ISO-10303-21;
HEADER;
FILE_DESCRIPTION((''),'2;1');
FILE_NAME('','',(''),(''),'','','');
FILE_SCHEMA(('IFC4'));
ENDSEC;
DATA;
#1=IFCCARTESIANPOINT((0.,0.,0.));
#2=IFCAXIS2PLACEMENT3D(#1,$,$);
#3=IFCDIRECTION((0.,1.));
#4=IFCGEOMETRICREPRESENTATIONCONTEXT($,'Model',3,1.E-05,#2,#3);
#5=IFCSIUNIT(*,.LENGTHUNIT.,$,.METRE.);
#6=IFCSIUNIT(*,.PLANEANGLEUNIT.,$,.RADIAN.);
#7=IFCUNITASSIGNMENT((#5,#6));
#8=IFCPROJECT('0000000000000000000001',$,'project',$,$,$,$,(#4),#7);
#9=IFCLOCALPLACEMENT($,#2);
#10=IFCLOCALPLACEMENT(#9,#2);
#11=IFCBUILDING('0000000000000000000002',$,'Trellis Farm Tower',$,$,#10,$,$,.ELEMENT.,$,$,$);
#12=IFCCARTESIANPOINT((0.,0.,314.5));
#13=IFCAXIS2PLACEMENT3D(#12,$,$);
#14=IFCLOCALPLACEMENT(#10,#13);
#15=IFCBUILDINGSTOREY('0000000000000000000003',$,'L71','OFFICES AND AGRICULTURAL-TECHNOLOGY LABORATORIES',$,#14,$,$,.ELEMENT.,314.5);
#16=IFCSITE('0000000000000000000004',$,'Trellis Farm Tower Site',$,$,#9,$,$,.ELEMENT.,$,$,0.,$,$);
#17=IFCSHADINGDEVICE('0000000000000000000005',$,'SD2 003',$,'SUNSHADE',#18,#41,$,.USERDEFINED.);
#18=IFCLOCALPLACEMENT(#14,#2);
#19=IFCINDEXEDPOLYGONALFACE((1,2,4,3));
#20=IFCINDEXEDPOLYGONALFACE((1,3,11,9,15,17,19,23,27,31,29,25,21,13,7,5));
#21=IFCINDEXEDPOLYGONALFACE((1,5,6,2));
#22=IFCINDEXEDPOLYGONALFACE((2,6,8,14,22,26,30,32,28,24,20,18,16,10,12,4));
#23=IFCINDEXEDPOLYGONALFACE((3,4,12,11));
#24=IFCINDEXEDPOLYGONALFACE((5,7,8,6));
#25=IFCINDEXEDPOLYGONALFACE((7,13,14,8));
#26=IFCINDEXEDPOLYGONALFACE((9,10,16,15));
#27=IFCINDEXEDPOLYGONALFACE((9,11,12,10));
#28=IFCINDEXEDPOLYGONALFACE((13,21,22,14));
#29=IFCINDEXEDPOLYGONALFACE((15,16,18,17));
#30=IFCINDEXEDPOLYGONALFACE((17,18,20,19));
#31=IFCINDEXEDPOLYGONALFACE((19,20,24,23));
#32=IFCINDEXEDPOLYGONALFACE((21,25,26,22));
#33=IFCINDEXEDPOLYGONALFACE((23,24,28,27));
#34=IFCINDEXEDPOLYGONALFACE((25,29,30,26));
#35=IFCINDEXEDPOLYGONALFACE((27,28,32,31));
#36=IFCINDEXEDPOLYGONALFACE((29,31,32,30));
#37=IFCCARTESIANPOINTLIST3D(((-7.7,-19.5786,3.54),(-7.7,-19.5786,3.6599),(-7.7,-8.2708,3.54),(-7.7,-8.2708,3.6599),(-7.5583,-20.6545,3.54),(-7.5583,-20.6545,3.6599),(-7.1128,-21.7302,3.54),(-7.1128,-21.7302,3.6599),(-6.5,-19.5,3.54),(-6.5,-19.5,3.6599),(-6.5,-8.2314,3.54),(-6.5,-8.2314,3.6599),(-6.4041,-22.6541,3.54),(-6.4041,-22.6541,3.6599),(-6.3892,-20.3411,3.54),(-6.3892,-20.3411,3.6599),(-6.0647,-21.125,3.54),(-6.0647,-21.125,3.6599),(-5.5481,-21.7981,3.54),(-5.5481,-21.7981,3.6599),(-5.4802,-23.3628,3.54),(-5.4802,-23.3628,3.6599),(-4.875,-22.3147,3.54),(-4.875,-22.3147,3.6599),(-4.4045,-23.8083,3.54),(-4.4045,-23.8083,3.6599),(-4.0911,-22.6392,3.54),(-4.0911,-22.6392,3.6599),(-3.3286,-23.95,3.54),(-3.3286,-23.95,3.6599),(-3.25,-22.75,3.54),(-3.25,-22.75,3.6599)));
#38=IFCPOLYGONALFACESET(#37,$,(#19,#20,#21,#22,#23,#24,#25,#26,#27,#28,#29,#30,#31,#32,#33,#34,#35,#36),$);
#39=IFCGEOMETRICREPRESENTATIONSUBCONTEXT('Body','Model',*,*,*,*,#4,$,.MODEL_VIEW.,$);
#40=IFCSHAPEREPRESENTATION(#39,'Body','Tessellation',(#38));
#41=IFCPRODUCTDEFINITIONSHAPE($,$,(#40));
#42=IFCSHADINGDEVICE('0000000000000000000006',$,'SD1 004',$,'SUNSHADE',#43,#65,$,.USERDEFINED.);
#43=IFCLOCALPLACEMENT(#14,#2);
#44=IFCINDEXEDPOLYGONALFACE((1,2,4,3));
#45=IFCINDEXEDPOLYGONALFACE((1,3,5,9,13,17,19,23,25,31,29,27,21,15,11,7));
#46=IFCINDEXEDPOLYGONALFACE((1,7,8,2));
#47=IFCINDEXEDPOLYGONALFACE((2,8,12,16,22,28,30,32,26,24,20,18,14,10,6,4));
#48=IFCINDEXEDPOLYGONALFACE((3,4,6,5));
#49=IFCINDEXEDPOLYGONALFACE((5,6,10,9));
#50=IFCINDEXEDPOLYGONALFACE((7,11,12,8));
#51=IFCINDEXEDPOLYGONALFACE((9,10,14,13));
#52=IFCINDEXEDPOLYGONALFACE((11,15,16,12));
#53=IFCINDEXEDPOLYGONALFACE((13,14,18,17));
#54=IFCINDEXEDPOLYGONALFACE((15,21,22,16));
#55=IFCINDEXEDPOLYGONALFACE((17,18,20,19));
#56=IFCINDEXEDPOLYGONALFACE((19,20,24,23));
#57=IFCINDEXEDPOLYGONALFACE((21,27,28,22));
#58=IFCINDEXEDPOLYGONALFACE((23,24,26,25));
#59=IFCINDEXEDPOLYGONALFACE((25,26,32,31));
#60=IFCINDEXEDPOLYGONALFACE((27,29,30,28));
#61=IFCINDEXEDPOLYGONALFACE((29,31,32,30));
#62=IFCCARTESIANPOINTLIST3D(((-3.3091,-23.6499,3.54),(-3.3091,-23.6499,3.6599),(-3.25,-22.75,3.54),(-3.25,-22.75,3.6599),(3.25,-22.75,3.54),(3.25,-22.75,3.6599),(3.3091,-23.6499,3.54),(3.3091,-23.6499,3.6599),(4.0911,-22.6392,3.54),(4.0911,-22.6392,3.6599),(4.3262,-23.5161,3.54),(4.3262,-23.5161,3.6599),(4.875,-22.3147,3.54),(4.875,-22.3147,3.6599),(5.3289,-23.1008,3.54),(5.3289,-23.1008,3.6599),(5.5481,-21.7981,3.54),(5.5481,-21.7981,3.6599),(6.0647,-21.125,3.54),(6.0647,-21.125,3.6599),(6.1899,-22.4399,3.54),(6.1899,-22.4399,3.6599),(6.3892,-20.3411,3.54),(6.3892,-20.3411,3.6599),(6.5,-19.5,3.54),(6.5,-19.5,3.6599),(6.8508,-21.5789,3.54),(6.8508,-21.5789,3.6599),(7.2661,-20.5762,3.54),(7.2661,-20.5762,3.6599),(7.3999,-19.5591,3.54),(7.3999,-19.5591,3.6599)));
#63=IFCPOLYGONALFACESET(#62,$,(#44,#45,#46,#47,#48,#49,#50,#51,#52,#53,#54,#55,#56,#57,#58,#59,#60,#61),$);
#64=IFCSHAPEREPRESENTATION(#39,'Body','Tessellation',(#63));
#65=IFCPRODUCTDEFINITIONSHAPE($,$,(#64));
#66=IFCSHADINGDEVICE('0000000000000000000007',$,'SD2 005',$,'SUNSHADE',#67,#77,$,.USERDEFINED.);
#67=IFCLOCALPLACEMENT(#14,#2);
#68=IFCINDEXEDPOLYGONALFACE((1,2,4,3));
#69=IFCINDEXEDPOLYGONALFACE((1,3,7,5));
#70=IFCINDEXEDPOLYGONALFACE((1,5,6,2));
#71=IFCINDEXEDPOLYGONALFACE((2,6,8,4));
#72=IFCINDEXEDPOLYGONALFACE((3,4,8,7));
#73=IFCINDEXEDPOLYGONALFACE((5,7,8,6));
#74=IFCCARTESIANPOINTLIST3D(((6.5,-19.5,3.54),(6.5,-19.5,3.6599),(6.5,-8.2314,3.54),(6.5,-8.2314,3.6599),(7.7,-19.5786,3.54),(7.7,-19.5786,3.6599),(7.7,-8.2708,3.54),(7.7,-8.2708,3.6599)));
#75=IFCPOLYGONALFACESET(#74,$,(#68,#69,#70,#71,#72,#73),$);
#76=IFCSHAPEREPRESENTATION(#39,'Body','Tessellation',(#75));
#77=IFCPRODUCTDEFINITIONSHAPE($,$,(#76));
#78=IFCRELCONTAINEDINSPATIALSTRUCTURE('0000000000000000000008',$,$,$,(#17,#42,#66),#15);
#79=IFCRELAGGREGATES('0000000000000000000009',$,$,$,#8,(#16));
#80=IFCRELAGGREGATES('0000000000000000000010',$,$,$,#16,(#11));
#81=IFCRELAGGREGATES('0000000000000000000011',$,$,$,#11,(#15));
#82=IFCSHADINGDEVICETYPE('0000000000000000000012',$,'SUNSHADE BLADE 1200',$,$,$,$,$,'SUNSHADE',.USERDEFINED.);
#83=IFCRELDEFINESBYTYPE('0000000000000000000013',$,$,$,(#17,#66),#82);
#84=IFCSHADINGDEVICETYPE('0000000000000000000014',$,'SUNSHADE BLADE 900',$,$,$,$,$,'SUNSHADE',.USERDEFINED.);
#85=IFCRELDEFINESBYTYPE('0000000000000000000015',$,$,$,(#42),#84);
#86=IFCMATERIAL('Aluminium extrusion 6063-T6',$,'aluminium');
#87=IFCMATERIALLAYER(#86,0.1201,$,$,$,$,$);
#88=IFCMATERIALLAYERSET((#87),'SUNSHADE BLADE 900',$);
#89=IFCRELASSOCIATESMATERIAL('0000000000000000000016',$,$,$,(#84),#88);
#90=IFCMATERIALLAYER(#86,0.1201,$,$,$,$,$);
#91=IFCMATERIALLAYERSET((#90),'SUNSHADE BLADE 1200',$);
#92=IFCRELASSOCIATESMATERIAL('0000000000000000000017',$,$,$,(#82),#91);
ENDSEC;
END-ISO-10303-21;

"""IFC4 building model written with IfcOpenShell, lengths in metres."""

from ifc_helpers import new_model, si_unit, direction, frame, origin, place, context, subcontext, project, spatial, polyline, outline, extrude, source, transform, mapped, material, layer, layer_set, type_object, element, save


model = new_model("IFC4")

# Units and contexts
model_context = context("Model", 3, precision=1e-05, world=origin(), true_north=direction((0.0, 1.0)))
body_context = subcontext(model_context, "Body", "Model", "MODEL_VIEW")
ifc_project = project(units=[si_unit("LENGTHUNIT", "METRE"), si_unit("PLANEANGLEUNIT", "RADIAN")], contexts=[model_context])

# Site, building, storey
site_placement = place(None, origin())
site = spatial("IfcSite", under=ifc_project, at=site_placement, Name="Trellis Farm Tower Site", CompositionType="ELEMENT", RefElevation=0.0)
building_placement = place(site_placement, origin())
building = spatial("IfcBuilding", under=site, at=building_placement, Name="Trellis Farm Tower", CompositionType="ELEMENT")
storey_placement = place(building_placement, frame((0.0, 0.0, 314.5)))
storey = spatial("IfcBuildingStorey", under=building, at=storey_placement, Name="L71", Description="OFFICES AND AGRICULTURAL-TECHNOLOGY LABORATORIES", CompositionType="ELEMENT", Elevation=314.5)

# Shared definitions
ifc_material_1 = material(Name="Aluminium extrusion 6063-T6", Category="aluminium")

# Shading devices
ifc_layer_1 = layer(ifc_material_1, 0.1201)
ifc_layer_set_1 = layer_set([ifc_layer_1], Name="SUNSHADE BLADE 900")
shading_device_type_1 = type_object("IfcShadingDeviceType", Name="SUNSHADE BLADE 900", ElementType="SUNSHADE", PredefinedType="USERDEFINED", material=ifc_layer_set_1)
placement_1 = place(storey_placement, frame((0.0, 0.0, 3.54)))
ifc_layer_2 = layer(ifc_material_1, 0.1201)
ifc_layer_set_2 = layer_set([ifc_layer_2], Name="SUNSHADE BLADE 1200")
shading_device_type_2 = type_object("IfcShadingDeviceType", Name="SUNSHADE BLADE 1200", ElementType="SUNSHADE", PredefinedType="USERDEFINED", material=ifc_layer_set_2)
shared_shape_1 = source(origin(), body_context, "Body", "SweptSolid", [
    extrude(outline(polyline([(-7.7, -8.2708), (-7.7, -19.5786), (-7.5583, -20.6545), (-7.1128, -21.7302), (-6.4041, -22.6541), (-5.4802, -23.3628), (-4.4045, -23.8083), (-3.3286, -23.95), (-3.25, -22.75), (-4.0911, -22.6392), (-4.875, -22.3147), (-5.5481, -21.7981), (-6.0647, -21.125), (-6.3892, -20.3411), (-6.5, -19.5), (-6.5, -8.2314), (-7.7, -8.2708)])), origin(), (0.0, 0.0, 1.0), 0.1199),
])
element("IfcShadingDevice", 1, at=placement_1, inside=storey, type_object=shading_device_type_2, Name="SD2 003", ObjectType="SUNSHADE", PredefinedType="USERDEFINED", context=body_context, shape_type="MappedRepresentation", body=[
    mapped(shared_shape_1, transform((0.0, 0.0, 0.0))),
])
shared_shape_2 = source(origin(), body_context, "Body", "SweptSolid", [
    extrude(outline(polyline([(-3.3091, -23.6499), (3.3091, -23.6499), (4.3262, -23.5161), (5.3289, -23.1008), (6.1899, -22.4399), (6.8508, -21.5789), (7.2661, -20.5762), (7.3999, -19.5591), (6.5, -19.5), (6.3892, -20.3411), (6.0647, -21.125), (5.5481, -21.7981), (4.875, -22.3147), (4.0911, -22.6392), (3.25, -22.75), (-3.25, -22.75), (-3.3091, -23.6499)])), origin(), (0.0, 0.0, 1.0), 0.1199),
])
element("IfcShadingDevice", 2, at=placement_1, inside=storey, type_object=shading_device_type_1, Name="SD1 004", ObjectType="SUNSHADE", PredefinedType="USERDEFINED", context=body_context, shape_type="MappedRepresentation", body=[
    mapped(shared_shape_2, transform((0.0, 0.0, 0.0))),
])
shared_shape_3 = source(origin(), body_context, "Body", "SweptSolid", [
    extrude(outline(polyline([(7.7, -19.5786), (7.7, -8.2708), (6.5, -8.2314), (6.5, -19.5), (7.7, -19.5786)])), origin(), (0.0, 0.0, 1.0), 0.1199),
])
element("IfcShadingDevice", 3, at=placement_1, inside=storey, type_object=shading_device_type_2, Name="SD2 005", ObjectType="SUNSHADE", PredefinedType="USERDEFINED", context=body_context, shape_type="MappedRepresentation", body=[
    mapped(shared_shape_3, transform((0.0, 0.0, 0.0))),
])

save(model, "model.ifc")
